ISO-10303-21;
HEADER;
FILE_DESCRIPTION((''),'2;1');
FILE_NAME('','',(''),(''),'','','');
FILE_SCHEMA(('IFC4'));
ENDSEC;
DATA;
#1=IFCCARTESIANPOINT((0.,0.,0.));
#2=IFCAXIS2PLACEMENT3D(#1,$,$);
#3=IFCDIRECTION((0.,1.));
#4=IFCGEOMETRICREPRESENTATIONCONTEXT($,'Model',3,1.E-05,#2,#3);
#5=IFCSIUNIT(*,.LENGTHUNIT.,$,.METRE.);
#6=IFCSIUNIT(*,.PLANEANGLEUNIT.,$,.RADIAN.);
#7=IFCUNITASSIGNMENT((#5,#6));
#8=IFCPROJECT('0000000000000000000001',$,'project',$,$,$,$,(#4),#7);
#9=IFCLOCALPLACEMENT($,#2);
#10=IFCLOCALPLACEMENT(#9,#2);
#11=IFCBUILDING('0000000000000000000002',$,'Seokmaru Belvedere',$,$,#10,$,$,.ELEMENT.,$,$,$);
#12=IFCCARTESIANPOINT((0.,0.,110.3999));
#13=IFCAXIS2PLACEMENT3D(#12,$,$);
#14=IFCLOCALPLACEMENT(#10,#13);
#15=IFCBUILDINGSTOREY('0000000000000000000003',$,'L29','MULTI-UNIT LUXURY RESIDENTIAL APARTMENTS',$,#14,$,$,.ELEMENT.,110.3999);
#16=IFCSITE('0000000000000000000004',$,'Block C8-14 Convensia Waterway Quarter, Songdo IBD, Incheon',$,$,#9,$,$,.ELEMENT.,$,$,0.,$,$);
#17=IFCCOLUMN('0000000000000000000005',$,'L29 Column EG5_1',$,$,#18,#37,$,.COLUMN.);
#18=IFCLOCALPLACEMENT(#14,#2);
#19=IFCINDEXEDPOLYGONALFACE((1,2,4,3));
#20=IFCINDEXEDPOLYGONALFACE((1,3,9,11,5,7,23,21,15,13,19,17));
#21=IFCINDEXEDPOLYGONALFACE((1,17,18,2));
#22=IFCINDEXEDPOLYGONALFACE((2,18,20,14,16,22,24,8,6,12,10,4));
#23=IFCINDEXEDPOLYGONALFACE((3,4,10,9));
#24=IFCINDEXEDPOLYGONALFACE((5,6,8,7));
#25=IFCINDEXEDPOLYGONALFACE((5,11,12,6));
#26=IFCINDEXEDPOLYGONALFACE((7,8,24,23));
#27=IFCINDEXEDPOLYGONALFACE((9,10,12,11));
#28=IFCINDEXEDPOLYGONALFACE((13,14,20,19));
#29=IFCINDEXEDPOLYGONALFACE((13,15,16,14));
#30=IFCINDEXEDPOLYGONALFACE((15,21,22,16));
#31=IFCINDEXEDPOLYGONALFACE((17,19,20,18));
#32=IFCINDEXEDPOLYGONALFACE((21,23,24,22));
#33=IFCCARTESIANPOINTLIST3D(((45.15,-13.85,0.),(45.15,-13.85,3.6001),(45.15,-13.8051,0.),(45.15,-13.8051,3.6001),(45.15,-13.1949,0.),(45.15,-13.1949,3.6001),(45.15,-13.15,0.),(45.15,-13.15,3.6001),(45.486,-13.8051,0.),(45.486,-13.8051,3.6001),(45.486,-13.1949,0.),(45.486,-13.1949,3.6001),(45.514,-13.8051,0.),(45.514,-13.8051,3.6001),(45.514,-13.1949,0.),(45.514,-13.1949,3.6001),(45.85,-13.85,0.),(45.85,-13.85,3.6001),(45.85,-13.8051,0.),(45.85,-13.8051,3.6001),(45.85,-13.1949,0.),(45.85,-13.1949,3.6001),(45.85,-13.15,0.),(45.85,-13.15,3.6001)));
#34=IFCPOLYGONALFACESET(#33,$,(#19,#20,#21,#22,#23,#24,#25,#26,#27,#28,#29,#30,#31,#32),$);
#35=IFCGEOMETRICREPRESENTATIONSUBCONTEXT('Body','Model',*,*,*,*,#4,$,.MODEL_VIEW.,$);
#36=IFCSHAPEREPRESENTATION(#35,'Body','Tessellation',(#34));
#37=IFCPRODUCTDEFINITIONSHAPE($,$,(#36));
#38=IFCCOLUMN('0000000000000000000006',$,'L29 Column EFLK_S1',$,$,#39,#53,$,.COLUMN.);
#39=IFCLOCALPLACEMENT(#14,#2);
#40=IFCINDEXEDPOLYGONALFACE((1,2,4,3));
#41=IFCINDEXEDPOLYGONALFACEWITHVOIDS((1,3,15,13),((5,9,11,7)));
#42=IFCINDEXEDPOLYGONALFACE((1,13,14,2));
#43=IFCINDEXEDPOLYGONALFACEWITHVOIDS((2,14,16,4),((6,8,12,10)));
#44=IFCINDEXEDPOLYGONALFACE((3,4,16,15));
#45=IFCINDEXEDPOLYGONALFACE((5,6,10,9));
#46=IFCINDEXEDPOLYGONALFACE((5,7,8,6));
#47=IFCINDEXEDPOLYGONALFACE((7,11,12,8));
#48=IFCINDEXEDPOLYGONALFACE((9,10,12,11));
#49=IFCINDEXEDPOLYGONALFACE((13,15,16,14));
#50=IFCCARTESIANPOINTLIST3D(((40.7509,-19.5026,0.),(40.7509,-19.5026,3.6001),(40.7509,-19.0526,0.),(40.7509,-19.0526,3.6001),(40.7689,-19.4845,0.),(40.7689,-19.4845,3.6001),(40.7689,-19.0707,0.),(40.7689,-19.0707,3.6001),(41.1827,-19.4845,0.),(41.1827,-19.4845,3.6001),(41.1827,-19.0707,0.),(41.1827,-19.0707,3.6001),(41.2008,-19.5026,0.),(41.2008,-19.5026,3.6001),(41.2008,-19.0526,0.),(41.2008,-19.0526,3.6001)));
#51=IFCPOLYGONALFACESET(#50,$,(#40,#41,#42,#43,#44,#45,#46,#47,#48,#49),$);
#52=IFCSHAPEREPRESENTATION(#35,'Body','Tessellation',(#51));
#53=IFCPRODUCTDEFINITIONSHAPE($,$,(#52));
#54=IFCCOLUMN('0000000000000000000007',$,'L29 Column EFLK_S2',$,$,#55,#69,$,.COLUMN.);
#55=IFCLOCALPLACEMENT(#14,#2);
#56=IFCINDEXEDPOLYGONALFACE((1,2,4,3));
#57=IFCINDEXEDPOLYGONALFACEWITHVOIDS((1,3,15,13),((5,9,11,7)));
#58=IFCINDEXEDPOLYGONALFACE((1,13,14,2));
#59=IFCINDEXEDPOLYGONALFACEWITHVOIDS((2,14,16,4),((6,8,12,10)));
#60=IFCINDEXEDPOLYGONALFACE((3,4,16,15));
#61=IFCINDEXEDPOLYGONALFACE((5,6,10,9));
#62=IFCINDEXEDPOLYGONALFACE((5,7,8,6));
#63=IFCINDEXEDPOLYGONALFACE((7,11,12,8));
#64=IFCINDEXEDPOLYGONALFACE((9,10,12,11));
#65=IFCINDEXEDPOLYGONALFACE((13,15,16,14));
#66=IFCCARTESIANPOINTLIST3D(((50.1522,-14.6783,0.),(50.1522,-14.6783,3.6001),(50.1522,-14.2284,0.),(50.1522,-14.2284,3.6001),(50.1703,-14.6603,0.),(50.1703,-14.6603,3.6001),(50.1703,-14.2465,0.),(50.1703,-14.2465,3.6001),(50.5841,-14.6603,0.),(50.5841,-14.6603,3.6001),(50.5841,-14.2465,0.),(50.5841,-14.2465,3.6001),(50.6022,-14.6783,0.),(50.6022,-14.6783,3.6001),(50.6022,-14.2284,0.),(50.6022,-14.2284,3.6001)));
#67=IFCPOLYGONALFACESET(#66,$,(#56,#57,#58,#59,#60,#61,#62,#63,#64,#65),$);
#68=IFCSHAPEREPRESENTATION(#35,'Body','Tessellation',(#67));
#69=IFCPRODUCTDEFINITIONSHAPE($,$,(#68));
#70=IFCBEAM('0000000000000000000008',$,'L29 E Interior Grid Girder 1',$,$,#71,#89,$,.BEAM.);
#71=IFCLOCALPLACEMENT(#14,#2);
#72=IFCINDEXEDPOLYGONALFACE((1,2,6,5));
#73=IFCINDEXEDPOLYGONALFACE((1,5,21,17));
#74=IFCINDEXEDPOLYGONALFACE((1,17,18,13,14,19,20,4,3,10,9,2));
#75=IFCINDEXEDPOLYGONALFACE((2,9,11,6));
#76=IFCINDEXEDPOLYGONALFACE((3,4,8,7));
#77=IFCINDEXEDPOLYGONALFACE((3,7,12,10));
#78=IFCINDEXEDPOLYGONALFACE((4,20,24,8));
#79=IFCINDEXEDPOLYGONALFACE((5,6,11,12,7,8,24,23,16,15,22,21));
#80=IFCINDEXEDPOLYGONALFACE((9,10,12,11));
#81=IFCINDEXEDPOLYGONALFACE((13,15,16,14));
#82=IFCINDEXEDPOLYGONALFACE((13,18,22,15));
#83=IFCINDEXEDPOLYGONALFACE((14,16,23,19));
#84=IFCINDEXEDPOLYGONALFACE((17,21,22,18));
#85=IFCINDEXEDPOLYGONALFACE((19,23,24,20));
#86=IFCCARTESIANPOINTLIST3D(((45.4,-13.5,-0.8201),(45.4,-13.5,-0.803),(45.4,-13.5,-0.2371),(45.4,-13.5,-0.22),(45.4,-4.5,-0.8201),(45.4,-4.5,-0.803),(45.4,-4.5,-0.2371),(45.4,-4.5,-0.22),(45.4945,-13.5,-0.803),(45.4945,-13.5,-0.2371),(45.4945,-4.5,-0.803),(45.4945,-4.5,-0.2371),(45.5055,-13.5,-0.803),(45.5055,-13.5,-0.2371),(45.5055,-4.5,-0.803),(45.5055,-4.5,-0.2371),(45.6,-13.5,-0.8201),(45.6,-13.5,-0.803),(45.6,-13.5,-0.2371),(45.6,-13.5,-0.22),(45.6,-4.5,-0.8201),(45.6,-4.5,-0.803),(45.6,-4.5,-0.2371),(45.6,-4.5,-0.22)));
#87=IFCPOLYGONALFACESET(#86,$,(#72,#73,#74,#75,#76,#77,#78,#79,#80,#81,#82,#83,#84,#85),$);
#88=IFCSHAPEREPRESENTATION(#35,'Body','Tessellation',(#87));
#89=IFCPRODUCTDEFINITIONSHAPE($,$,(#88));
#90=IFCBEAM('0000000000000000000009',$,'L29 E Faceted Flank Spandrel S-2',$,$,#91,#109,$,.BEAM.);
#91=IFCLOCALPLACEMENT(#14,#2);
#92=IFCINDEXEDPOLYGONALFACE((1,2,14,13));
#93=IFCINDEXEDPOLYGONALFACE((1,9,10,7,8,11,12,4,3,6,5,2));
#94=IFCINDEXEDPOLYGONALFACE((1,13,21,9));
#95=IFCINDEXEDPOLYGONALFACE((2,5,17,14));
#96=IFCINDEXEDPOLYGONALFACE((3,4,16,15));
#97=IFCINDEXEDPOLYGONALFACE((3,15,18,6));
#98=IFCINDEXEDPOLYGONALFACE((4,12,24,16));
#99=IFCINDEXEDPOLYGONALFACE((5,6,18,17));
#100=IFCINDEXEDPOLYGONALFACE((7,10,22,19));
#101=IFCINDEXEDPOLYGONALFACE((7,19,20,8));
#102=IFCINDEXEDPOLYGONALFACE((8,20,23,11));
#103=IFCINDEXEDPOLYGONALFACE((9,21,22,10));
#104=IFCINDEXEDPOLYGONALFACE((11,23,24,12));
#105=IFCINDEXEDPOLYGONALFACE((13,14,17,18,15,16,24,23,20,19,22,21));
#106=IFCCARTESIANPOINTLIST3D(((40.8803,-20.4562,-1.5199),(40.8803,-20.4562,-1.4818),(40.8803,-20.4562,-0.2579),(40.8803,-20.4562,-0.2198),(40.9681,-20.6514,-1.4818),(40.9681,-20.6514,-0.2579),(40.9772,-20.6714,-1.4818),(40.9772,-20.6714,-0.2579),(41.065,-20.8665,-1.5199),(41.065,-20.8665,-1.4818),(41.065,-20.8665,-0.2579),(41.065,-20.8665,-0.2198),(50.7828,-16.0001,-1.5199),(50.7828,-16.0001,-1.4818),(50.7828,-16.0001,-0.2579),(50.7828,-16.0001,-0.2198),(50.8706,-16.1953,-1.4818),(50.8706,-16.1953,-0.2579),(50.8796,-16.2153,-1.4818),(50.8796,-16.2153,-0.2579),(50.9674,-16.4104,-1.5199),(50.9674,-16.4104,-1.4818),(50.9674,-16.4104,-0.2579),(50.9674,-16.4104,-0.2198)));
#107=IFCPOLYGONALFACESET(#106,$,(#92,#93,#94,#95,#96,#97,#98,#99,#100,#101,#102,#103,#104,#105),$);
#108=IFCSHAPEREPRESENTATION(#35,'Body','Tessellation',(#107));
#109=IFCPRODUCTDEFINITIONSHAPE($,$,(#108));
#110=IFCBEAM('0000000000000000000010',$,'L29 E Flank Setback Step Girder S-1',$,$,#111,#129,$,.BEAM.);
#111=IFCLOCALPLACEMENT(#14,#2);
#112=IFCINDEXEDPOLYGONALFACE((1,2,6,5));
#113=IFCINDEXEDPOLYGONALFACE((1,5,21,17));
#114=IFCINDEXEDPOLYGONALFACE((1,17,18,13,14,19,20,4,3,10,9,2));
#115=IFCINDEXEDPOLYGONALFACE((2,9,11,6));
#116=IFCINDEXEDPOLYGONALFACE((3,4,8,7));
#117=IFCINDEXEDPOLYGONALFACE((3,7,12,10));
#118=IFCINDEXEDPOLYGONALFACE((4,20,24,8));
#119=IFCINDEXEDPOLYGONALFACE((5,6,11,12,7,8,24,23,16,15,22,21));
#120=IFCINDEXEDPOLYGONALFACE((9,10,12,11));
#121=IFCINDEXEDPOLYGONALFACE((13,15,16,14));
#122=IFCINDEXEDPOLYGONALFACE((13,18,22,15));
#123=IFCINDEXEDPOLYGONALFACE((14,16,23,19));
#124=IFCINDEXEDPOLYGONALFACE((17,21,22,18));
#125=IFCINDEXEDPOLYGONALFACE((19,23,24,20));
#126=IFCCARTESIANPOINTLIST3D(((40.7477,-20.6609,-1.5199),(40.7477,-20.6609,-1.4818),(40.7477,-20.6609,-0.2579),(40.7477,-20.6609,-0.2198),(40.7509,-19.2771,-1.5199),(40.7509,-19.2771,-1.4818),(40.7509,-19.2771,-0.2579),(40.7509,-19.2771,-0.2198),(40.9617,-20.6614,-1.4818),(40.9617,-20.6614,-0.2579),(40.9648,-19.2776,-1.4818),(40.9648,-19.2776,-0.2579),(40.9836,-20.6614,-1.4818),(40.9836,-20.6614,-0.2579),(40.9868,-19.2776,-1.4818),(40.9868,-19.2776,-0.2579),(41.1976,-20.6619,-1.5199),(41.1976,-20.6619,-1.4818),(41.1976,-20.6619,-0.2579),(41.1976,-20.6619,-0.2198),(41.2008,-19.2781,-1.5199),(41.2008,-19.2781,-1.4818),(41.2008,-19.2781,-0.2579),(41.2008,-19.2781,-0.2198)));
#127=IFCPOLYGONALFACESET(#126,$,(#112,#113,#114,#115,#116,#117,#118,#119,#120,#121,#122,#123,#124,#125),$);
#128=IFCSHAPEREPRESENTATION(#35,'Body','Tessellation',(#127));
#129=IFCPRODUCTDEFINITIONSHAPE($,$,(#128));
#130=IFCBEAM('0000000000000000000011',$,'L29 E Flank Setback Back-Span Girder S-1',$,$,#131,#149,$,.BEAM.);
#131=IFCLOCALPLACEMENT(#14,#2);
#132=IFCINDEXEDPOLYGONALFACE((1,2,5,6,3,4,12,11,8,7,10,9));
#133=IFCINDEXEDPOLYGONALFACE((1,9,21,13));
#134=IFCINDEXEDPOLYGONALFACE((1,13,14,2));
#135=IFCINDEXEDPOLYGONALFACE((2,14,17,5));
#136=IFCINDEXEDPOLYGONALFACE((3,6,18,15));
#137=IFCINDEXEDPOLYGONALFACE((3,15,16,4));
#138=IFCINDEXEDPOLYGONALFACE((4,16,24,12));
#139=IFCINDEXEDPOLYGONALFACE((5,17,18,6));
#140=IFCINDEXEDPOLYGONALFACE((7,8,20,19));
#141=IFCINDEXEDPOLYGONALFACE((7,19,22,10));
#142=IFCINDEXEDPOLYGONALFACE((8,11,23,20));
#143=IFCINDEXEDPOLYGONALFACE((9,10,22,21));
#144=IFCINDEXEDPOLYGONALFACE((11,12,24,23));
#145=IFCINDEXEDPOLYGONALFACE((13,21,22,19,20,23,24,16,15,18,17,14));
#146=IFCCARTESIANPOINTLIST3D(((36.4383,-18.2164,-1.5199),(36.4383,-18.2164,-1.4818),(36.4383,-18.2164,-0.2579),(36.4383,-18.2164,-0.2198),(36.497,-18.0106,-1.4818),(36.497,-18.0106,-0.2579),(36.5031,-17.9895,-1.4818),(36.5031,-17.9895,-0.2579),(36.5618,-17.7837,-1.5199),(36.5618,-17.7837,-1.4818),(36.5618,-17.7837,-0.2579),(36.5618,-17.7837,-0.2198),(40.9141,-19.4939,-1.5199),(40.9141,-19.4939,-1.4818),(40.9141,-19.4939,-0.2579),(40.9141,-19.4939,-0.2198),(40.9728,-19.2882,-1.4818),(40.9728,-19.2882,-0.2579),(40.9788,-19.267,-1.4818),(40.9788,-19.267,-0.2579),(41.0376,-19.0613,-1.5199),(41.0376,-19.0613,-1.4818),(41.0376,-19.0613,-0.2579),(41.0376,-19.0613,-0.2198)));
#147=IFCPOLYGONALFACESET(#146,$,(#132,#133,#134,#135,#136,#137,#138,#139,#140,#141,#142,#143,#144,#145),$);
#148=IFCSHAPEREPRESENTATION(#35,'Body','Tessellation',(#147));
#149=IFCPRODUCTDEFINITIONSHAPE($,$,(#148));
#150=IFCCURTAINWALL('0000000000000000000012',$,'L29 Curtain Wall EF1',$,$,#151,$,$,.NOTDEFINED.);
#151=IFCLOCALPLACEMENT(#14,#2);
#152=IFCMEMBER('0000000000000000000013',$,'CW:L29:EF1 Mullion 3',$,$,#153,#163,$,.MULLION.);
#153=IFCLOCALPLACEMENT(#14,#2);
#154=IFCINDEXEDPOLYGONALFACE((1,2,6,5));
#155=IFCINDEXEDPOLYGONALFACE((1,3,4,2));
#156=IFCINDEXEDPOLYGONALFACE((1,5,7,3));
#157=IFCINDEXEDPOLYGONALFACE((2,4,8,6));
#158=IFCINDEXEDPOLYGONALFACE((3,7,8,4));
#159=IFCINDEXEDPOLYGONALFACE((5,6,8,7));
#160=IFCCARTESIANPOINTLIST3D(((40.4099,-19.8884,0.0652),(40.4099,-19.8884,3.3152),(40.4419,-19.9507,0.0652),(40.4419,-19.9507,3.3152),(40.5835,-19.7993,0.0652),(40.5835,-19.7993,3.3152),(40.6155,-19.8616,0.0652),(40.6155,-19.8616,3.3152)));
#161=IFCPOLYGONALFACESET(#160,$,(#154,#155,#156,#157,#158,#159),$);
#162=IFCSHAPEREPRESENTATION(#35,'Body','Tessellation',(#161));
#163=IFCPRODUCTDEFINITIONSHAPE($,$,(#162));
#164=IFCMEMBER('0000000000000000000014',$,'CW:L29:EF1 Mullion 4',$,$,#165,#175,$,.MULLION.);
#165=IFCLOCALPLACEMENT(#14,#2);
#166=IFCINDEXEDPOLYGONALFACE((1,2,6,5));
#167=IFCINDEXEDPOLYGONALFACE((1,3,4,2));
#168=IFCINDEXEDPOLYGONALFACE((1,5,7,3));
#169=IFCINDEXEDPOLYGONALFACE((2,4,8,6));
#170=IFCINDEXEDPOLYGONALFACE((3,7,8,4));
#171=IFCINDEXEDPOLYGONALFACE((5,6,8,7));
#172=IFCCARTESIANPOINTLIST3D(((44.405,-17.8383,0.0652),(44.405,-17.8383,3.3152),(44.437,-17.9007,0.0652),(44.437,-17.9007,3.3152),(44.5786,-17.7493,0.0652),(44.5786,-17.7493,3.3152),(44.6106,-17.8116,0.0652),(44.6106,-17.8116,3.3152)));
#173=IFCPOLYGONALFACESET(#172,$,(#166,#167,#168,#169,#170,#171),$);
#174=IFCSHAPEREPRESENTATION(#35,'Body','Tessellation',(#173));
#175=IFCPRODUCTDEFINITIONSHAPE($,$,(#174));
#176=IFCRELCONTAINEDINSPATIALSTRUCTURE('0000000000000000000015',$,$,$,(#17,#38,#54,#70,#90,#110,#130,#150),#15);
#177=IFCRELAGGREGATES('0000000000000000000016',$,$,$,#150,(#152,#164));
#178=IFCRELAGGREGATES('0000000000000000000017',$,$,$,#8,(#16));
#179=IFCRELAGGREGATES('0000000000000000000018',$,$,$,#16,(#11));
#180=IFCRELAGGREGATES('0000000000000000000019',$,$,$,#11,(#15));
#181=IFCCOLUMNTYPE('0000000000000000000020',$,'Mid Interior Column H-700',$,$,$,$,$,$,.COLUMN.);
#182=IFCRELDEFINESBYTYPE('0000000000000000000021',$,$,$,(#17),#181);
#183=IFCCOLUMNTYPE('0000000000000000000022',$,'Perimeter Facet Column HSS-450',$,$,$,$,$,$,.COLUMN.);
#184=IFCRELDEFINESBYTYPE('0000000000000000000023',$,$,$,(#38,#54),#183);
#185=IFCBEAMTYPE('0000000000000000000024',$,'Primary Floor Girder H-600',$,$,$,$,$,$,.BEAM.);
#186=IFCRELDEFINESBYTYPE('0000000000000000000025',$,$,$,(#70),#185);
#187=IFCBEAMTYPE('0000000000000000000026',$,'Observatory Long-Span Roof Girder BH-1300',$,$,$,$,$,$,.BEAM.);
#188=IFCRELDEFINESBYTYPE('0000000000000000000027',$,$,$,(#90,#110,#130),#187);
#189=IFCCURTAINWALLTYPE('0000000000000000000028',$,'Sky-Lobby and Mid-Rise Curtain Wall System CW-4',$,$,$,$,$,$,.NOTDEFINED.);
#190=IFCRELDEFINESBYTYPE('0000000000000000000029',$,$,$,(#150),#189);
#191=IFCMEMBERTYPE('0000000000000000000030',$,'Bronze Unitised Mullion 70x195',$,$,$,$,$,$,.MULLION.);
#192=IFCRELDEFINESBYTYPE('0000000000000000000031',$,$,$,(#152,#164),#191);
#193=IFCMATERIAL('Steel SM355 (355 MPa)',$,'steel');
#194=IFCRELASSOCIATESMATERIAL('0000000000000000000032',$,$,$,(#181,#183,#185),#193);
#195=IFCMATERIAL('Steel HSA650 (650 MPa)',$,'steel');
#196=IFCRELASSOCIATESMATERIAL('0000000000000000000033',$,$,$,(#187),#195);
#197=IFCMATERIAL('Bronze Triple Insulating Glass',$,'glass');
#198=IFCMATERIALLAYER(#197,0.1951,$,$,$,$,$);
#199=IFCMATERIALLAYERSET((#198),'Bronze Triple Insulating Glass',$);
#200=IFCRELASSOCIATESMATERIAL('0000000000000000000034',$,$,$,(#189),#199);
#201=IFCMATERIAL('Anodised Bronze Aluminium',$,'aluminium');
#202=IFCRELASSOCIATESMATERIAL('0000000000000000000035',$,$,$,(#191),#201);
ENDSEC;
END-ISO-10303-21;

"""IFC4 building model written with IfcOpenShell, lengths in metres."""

from ifc_helpers import new_model, si_unit, direction, frame, origin, origin_2d, place, context, subcontext, project, spatial, rectangle, hollow_rectangle, i_section, extrude, source, transform, mapped, material, layer, layer_set, material_profile, profile_set, type_object, type_shapes, element, aggregate, save


model = new_model("IFC4")

# Units and contexts
model_context = context("Model", 3, precision=1e-05, world=origin(), true_north=direction((0.0, 1.0)))
body_context = subcontext(model_context, "Body", "Model", "MODEL_VIEW")
ifc_project = project(units=[si_unit("LENGTHUNIT", "METRE"), si_unit("PLANEANGLEUNIT", "RADIAN")], contexts=[model_context])

# Site, building, storey
site_placement = place(None, origin())
site = spatial("IfcSite", under=ifc_project, at=site_placement, Name="Block C8-14 Convensia Waterway Quarter, Songdo IBD, Incheon", CompositionType="ELEMENT", RefElevation=0.0)
building_placement = place(site_placement, origin())
building = spatial("IfcBuilding", under=site, at=building_placement, Name="Seokmaru Belvedere", CompositionType="ELEMENT")
storey_placement = place(building_placement, frame((0.0, 0.0, 110.3999)))
storey = spatial("IfcBuildingStorey", under=building, at=storey_placement, Name="L29", Description="MULTI-UNIT LUXURY RESIDENTIAL APARTMENTS", CompositionType="ELEMENT", Elevation=110.3999)

# Columns
ifc_material_1 = material(Name="Steel SM355 (355 MPa)", Category="steel")
ifc_material_profile_1 = material_profile(ifc_material_1, i_section(OverallWidth=0.7, OverallDepth=0.7, WebThickness=0.0281, FlangeThickness=0.0449, at=origin_2d()), Name="H-700x700x28x45")
ifc_profile_set_1 = profile_set([ifc_material_profile_1], Name="Steel SM355 (355 MPa)")
column_type_1 = type_object("IfcColumnType", Name="Mid Interior Column H-700", PredefinedType="COLUMN", material=ifc_profile_set_1)
shared_shape_1 = source(origin(), body_context, "Body", "SweptSolid", [
    extrude(i_section(OverallWidth=0.7, OverallDepth=0.7, WebThickness=0.0281, FlangeThickness=0.0449, at=origin_2d()), origin(), (0.0, 0.0, 1.0), 3.6001),
])
type_shapes(column_type_1, [shared_shape_1])
column_placement = place(storey_placement, frame((45.5, -13.5, 0.0), z_axis=(0.0, 0.0, 1.0), x_axis=(1.0, 0.0, 0.0)))
element("IfcColumn", 1, at=column_placement, inside=storey, type_object=column_type_1, Name="L29 Column EG5_1", PredefinedType="COLUMN", context=body_context, shape_type="MappedRepresentation", body=[
    mapped(shared_shape_1, transform((0.0, 0.0, 0.0), scale=1.0)),
])
ifc_material_profile_2 = material_profile(ifc_material_1, hollow_rectangle(XDim=0.45, YDim=0.45, WallThickness=0.0181, at=origin_2d()), Name="HSS-450x450x18")
ifc_profile_set_2 = profile_set([ifc_material_profile_2], Name="Steel SM355 (355 MPa)")
column_type_2 = type_object("IfcColumnType", Name="Perimeter Facet Column HSS-450", PredefinedType="COLUMN", material=ifc_profile_set_2)
shared_shape_2 = source(origin(), body_context, "Body", "SweptSolid", [
    extrude(hollow_rectangle(XDim=0.45, YDim=0.45, WallThickness=0.0181, at=origin_2d()), origin(), (0.0, 0.0, 1.0), 3.6001),
])
type_shapes(column_type_2, [shared_shape_2])
for number, where, z_axis, x_axis, name in (
    (2, (40.9758, -19.2776, 0.0), (0.0, 0.0, 1.0), (1.0, 0.0, 0.0), "L29 Column EFLK_S1"),
    (3, (50.3772, -14.4534, 0.0), (0.0, 0.0, 1.0), (1.0, 0.0, 0.0), "L29 Column EFLK_S2"),
):
    element("IfcColumn", number, at=place(storey_placement, frame(where, z_axis=z_axis, x_axis=x_axis)), inside=storey, type_object=column_type_2, Name=name, PredefinedType="COLUMN", context=body_context, shape_type="MappedRepresentation", body=[
        mapped(shared_shape_2, transform((0.0, 0.0, 0.0), scale=1.0)),
    ])

# Beams
ifc_material_profile_3 = material_profile(ifc_material_1, i_section(OverallWidth=0.2, OverallDepth=0.6001, WebThickness=0.011, FlangeThickness=0.0171, at=origin_2d()), Name="H-600x200x11x17")
ifc_profile_set_3 = profile_set([ifc_material_profile_3], Name="Steel SM355 (355 MPa)")
beam_type_1 = type_object("IfcBeamType", Name="Primary Floor Girder H-600", PredefinedType="BEAM", material=ifc_profile_set_3)
shared_shape_3 = source(origin(), body_context, "Body", "SweptSolid", [
    extrude(i_section(OverallWidth=0.2, OverallDepth=0.6001, WebThickness=0.011, FlangeThickness=0.0171, at=origin_2d()), origin(), (0.0, 0.0, 1.0), 9.0),
])
type_shapes(beam_type_1, [shared_shape_3])
beam_1_placement = place(storey_placement, frame((45.5, -13.5, -0.52), z_axis=(0.0, 1.0, 0.0), x_axis=(-1.0, 0.0, 0.0)))
element("IfcBeam", 4, at=beam_1_placement, inside=storey, type_object=beam_type_1, Name="L29 E Interior Grid Girder 1", PredefinedType="BEAM", context=body_context, shape_type="MappedRepresentation", body=[
    mapped(shared_shape_3, transform((0.0, 0.0, 0.0), scale=1.0)),
])
ifc_material_2 = material(Name="Steel HSA650 (650 MPa)", Category="steel")
ifc_material_profile_4 = material_profile(ifc_material_2, i_section(OverallWidth=0.45, OverallDepth=1.3, WebThickness=0.022, FlangeThickness=0.0381, at=origin_2d()), Name="BH-1300x450x22x38")
ifc_profile_set_4 = profile_set([ifc_material_profile_4], Name="Steel HSA650 (650 MPa)")
beam_type_2 = type_object("IfcBeamType", Name="Observatory Long-Span Roof Girder BH-1300", PredefinedType="BEAM", material=ifc_profile_set_4)
shared_shape_4 = source(origin(), body_context, "Body", "SweptSolid", [
    extrude(i_section(OverallWidth=0.45, OverallDepth=1.3, WebThickness=0.022, FlangeThickness=0.0381, at=origin_2d()), origin(), (0.0, 0.0, 1.0), 10.8589),
])
beam_2_placement = place(storey_placement, frame((40.9727, -20.6614, -0.8699), z_axis=(0.911922, 0.410365, 0.0), x_axis=(-0.410365, 0.911922, 0.0)))
element("IfcBeam", 5, at=beam_2_placement, inside=storey, type_object=beam_type_2, Name="L29 E Faceted Flank Spandrel S-2", PredefinedType="BEAM", context=body_context, shape_type="MappedRepresentation", body=[
    mapped(shared_shape_4, transform((0.0, 0.0, 0.0), scale=1.0)),
])
shared_shape_5 = source(origin(), body_context, "Body", "SweptSolid", [
    extrude(i_section(OverallWidth=0.45, OverallDepth=1.3, WebThickness=0.022, FlangeThickness=0.0381, at=origin_2d()), origin(), (0.0, 0.0, 1.0), 1.3838),
])
beam_3_placement = place(storey_placement, frame((40.9727, -20.6614, -0.8699), z_axis=(0.002294, 0.999997, 0.0), x_axis=(-0.999997, 0.002294, 0.0)))
element("IfcBeam", 6, at=beam_3_placement, inside=storey, type_object=beam_type_2, Name="L29 E Flank Setback Step Girder S-1", PredefinedType="BEAM", context=body_context, shape_type="MappedRepresentation", body=[
    mapped(shared_shape_5, transform((0.0, 0.0, 0.0), scale=1.0)),
])
shared_shape_6 = source(origin(), body_context, "Body", "SweptSolid", [
    extrude(i_section(OverallWidth=0.45, OverallDepth=1.3, WebThickness=0.022, FlangeThickness=0.0381, at=origin_2d()), origin(), (0.0, 0.0, 1.0), 4.6545),
])
type_shapes(beam_type_2, [shared_shape_4, shared_shape_5, shared_shape_6])
beam_4_placement = place(storey_placement, frame((40.9758, -19.2776, -0.8699), z_axis=(-0.961593, 0.274479, 0.0), x_axis=(-0.274479, -0.961593, 0.0)))
element("IfcBeam", 7, at=beam_4_placement, inside=storey, type_object=beam_type_2, Name="L29 E Flank Setback Back-Span Girder S-1", PredefinedType="BEAM", context=body_context, shape_type="MappedRepresentation", body=[
    mapped(shared_shape_6, transform((0.0, 0.0, 0.0), scale=1.0)),
])

# Curtain wall, members
ifc_material_3 = material(Name="Bronze Triple Insulating Glass", Category="glass")
ifc_layer_1 = layer(ifc_material_3, 0.1951)
ifc_layer_set_1 = layer_set([ifc_layer_1], Name="Bronze Triple Insulating Glass")
curtain_wall_type = type_object("IfcCurtainWallType", Name="Sky-Lobby and Mid-Rise Curtain Wall System CW-4", PredefinedType="NOTDEFINED", material=ifc_layer_set_1)
curtain_wall_placement = place(storey_placement, origin())
curtain_wall = element("IfcCurtainWall", 8, at=curtain_wall_placement, inside=storey, type_object=curtain_wall_type, Name="L29 Curtain Wall EF1", PredefinedType="NOTDEFINED")
ifc_material_4 = material(Name="Anodised Bronze Aluminium", Category="aluminium")
ifc_material_profile_5 = material_profile(ifc_material_4, rectangle(XDim=0.0701, YDim=0.1951, at=origin_2d()), Name="CW-M-70x195")
ifc_profile_set_5 = profile_set([ifc_material_profile_5], Name="Anodised Bronze Aluminium")
member_type = type_object("IfcMemberType", Name="Bronze Unitised Mullion 70x195", PredefinedType="MULLION", material=ifc_profile_set_5)
shared_shape_7 = source(origin(), body_context, "Body", "SweptSolid", [
    extrude(rectangle(XDim=0.0701, YDim=0.1951, at=origin_2d()), origin(), (0.0, 0.0, 1.0), 3.25),
])
type_shapes(member_type, [shared_shape_7])
member_1_placement = place(storey_placement, frame((40.5127, -19.875, 0.0652), z_axis=(0.0, 0.0, 1.0), x_axis=(-0.456555, 0.889695, 0.0)))
member_1 = element("IfcMember", 9, at=member_1_placement, type_object=member_type, Name="CW:L29:EF1 Mullion 3", PredefinedType="MULLION", context=body_context, shape_type="MappedRepresentation", body=[
    mapped(shared_shape_7, transform((0.0, 0.0, 0.0), scale=1.0)),
])
member_2_placement = place(storey_placement, frame((44.5078, -17.825, 0.0652), z_axis=(0.0, 0.0, 1.0), x_axis=(-0.456555, 0.889695, 0.0)))
member_2 = element("IfcMember", 10, at=member_2_placement, type_object=member_type, Name="CW:L29:EF1 Mullion 4", PredefinedType="MULLION", context=body_context, shape_type="MappedRepresentation", body=[
    mapped(shared_shape_7, transform((0.0, 0.0, 0.0), scale=1.0)),
])
aggregate(curtain_wall, [member_1, member_2])

save(model, "model.ifc")
